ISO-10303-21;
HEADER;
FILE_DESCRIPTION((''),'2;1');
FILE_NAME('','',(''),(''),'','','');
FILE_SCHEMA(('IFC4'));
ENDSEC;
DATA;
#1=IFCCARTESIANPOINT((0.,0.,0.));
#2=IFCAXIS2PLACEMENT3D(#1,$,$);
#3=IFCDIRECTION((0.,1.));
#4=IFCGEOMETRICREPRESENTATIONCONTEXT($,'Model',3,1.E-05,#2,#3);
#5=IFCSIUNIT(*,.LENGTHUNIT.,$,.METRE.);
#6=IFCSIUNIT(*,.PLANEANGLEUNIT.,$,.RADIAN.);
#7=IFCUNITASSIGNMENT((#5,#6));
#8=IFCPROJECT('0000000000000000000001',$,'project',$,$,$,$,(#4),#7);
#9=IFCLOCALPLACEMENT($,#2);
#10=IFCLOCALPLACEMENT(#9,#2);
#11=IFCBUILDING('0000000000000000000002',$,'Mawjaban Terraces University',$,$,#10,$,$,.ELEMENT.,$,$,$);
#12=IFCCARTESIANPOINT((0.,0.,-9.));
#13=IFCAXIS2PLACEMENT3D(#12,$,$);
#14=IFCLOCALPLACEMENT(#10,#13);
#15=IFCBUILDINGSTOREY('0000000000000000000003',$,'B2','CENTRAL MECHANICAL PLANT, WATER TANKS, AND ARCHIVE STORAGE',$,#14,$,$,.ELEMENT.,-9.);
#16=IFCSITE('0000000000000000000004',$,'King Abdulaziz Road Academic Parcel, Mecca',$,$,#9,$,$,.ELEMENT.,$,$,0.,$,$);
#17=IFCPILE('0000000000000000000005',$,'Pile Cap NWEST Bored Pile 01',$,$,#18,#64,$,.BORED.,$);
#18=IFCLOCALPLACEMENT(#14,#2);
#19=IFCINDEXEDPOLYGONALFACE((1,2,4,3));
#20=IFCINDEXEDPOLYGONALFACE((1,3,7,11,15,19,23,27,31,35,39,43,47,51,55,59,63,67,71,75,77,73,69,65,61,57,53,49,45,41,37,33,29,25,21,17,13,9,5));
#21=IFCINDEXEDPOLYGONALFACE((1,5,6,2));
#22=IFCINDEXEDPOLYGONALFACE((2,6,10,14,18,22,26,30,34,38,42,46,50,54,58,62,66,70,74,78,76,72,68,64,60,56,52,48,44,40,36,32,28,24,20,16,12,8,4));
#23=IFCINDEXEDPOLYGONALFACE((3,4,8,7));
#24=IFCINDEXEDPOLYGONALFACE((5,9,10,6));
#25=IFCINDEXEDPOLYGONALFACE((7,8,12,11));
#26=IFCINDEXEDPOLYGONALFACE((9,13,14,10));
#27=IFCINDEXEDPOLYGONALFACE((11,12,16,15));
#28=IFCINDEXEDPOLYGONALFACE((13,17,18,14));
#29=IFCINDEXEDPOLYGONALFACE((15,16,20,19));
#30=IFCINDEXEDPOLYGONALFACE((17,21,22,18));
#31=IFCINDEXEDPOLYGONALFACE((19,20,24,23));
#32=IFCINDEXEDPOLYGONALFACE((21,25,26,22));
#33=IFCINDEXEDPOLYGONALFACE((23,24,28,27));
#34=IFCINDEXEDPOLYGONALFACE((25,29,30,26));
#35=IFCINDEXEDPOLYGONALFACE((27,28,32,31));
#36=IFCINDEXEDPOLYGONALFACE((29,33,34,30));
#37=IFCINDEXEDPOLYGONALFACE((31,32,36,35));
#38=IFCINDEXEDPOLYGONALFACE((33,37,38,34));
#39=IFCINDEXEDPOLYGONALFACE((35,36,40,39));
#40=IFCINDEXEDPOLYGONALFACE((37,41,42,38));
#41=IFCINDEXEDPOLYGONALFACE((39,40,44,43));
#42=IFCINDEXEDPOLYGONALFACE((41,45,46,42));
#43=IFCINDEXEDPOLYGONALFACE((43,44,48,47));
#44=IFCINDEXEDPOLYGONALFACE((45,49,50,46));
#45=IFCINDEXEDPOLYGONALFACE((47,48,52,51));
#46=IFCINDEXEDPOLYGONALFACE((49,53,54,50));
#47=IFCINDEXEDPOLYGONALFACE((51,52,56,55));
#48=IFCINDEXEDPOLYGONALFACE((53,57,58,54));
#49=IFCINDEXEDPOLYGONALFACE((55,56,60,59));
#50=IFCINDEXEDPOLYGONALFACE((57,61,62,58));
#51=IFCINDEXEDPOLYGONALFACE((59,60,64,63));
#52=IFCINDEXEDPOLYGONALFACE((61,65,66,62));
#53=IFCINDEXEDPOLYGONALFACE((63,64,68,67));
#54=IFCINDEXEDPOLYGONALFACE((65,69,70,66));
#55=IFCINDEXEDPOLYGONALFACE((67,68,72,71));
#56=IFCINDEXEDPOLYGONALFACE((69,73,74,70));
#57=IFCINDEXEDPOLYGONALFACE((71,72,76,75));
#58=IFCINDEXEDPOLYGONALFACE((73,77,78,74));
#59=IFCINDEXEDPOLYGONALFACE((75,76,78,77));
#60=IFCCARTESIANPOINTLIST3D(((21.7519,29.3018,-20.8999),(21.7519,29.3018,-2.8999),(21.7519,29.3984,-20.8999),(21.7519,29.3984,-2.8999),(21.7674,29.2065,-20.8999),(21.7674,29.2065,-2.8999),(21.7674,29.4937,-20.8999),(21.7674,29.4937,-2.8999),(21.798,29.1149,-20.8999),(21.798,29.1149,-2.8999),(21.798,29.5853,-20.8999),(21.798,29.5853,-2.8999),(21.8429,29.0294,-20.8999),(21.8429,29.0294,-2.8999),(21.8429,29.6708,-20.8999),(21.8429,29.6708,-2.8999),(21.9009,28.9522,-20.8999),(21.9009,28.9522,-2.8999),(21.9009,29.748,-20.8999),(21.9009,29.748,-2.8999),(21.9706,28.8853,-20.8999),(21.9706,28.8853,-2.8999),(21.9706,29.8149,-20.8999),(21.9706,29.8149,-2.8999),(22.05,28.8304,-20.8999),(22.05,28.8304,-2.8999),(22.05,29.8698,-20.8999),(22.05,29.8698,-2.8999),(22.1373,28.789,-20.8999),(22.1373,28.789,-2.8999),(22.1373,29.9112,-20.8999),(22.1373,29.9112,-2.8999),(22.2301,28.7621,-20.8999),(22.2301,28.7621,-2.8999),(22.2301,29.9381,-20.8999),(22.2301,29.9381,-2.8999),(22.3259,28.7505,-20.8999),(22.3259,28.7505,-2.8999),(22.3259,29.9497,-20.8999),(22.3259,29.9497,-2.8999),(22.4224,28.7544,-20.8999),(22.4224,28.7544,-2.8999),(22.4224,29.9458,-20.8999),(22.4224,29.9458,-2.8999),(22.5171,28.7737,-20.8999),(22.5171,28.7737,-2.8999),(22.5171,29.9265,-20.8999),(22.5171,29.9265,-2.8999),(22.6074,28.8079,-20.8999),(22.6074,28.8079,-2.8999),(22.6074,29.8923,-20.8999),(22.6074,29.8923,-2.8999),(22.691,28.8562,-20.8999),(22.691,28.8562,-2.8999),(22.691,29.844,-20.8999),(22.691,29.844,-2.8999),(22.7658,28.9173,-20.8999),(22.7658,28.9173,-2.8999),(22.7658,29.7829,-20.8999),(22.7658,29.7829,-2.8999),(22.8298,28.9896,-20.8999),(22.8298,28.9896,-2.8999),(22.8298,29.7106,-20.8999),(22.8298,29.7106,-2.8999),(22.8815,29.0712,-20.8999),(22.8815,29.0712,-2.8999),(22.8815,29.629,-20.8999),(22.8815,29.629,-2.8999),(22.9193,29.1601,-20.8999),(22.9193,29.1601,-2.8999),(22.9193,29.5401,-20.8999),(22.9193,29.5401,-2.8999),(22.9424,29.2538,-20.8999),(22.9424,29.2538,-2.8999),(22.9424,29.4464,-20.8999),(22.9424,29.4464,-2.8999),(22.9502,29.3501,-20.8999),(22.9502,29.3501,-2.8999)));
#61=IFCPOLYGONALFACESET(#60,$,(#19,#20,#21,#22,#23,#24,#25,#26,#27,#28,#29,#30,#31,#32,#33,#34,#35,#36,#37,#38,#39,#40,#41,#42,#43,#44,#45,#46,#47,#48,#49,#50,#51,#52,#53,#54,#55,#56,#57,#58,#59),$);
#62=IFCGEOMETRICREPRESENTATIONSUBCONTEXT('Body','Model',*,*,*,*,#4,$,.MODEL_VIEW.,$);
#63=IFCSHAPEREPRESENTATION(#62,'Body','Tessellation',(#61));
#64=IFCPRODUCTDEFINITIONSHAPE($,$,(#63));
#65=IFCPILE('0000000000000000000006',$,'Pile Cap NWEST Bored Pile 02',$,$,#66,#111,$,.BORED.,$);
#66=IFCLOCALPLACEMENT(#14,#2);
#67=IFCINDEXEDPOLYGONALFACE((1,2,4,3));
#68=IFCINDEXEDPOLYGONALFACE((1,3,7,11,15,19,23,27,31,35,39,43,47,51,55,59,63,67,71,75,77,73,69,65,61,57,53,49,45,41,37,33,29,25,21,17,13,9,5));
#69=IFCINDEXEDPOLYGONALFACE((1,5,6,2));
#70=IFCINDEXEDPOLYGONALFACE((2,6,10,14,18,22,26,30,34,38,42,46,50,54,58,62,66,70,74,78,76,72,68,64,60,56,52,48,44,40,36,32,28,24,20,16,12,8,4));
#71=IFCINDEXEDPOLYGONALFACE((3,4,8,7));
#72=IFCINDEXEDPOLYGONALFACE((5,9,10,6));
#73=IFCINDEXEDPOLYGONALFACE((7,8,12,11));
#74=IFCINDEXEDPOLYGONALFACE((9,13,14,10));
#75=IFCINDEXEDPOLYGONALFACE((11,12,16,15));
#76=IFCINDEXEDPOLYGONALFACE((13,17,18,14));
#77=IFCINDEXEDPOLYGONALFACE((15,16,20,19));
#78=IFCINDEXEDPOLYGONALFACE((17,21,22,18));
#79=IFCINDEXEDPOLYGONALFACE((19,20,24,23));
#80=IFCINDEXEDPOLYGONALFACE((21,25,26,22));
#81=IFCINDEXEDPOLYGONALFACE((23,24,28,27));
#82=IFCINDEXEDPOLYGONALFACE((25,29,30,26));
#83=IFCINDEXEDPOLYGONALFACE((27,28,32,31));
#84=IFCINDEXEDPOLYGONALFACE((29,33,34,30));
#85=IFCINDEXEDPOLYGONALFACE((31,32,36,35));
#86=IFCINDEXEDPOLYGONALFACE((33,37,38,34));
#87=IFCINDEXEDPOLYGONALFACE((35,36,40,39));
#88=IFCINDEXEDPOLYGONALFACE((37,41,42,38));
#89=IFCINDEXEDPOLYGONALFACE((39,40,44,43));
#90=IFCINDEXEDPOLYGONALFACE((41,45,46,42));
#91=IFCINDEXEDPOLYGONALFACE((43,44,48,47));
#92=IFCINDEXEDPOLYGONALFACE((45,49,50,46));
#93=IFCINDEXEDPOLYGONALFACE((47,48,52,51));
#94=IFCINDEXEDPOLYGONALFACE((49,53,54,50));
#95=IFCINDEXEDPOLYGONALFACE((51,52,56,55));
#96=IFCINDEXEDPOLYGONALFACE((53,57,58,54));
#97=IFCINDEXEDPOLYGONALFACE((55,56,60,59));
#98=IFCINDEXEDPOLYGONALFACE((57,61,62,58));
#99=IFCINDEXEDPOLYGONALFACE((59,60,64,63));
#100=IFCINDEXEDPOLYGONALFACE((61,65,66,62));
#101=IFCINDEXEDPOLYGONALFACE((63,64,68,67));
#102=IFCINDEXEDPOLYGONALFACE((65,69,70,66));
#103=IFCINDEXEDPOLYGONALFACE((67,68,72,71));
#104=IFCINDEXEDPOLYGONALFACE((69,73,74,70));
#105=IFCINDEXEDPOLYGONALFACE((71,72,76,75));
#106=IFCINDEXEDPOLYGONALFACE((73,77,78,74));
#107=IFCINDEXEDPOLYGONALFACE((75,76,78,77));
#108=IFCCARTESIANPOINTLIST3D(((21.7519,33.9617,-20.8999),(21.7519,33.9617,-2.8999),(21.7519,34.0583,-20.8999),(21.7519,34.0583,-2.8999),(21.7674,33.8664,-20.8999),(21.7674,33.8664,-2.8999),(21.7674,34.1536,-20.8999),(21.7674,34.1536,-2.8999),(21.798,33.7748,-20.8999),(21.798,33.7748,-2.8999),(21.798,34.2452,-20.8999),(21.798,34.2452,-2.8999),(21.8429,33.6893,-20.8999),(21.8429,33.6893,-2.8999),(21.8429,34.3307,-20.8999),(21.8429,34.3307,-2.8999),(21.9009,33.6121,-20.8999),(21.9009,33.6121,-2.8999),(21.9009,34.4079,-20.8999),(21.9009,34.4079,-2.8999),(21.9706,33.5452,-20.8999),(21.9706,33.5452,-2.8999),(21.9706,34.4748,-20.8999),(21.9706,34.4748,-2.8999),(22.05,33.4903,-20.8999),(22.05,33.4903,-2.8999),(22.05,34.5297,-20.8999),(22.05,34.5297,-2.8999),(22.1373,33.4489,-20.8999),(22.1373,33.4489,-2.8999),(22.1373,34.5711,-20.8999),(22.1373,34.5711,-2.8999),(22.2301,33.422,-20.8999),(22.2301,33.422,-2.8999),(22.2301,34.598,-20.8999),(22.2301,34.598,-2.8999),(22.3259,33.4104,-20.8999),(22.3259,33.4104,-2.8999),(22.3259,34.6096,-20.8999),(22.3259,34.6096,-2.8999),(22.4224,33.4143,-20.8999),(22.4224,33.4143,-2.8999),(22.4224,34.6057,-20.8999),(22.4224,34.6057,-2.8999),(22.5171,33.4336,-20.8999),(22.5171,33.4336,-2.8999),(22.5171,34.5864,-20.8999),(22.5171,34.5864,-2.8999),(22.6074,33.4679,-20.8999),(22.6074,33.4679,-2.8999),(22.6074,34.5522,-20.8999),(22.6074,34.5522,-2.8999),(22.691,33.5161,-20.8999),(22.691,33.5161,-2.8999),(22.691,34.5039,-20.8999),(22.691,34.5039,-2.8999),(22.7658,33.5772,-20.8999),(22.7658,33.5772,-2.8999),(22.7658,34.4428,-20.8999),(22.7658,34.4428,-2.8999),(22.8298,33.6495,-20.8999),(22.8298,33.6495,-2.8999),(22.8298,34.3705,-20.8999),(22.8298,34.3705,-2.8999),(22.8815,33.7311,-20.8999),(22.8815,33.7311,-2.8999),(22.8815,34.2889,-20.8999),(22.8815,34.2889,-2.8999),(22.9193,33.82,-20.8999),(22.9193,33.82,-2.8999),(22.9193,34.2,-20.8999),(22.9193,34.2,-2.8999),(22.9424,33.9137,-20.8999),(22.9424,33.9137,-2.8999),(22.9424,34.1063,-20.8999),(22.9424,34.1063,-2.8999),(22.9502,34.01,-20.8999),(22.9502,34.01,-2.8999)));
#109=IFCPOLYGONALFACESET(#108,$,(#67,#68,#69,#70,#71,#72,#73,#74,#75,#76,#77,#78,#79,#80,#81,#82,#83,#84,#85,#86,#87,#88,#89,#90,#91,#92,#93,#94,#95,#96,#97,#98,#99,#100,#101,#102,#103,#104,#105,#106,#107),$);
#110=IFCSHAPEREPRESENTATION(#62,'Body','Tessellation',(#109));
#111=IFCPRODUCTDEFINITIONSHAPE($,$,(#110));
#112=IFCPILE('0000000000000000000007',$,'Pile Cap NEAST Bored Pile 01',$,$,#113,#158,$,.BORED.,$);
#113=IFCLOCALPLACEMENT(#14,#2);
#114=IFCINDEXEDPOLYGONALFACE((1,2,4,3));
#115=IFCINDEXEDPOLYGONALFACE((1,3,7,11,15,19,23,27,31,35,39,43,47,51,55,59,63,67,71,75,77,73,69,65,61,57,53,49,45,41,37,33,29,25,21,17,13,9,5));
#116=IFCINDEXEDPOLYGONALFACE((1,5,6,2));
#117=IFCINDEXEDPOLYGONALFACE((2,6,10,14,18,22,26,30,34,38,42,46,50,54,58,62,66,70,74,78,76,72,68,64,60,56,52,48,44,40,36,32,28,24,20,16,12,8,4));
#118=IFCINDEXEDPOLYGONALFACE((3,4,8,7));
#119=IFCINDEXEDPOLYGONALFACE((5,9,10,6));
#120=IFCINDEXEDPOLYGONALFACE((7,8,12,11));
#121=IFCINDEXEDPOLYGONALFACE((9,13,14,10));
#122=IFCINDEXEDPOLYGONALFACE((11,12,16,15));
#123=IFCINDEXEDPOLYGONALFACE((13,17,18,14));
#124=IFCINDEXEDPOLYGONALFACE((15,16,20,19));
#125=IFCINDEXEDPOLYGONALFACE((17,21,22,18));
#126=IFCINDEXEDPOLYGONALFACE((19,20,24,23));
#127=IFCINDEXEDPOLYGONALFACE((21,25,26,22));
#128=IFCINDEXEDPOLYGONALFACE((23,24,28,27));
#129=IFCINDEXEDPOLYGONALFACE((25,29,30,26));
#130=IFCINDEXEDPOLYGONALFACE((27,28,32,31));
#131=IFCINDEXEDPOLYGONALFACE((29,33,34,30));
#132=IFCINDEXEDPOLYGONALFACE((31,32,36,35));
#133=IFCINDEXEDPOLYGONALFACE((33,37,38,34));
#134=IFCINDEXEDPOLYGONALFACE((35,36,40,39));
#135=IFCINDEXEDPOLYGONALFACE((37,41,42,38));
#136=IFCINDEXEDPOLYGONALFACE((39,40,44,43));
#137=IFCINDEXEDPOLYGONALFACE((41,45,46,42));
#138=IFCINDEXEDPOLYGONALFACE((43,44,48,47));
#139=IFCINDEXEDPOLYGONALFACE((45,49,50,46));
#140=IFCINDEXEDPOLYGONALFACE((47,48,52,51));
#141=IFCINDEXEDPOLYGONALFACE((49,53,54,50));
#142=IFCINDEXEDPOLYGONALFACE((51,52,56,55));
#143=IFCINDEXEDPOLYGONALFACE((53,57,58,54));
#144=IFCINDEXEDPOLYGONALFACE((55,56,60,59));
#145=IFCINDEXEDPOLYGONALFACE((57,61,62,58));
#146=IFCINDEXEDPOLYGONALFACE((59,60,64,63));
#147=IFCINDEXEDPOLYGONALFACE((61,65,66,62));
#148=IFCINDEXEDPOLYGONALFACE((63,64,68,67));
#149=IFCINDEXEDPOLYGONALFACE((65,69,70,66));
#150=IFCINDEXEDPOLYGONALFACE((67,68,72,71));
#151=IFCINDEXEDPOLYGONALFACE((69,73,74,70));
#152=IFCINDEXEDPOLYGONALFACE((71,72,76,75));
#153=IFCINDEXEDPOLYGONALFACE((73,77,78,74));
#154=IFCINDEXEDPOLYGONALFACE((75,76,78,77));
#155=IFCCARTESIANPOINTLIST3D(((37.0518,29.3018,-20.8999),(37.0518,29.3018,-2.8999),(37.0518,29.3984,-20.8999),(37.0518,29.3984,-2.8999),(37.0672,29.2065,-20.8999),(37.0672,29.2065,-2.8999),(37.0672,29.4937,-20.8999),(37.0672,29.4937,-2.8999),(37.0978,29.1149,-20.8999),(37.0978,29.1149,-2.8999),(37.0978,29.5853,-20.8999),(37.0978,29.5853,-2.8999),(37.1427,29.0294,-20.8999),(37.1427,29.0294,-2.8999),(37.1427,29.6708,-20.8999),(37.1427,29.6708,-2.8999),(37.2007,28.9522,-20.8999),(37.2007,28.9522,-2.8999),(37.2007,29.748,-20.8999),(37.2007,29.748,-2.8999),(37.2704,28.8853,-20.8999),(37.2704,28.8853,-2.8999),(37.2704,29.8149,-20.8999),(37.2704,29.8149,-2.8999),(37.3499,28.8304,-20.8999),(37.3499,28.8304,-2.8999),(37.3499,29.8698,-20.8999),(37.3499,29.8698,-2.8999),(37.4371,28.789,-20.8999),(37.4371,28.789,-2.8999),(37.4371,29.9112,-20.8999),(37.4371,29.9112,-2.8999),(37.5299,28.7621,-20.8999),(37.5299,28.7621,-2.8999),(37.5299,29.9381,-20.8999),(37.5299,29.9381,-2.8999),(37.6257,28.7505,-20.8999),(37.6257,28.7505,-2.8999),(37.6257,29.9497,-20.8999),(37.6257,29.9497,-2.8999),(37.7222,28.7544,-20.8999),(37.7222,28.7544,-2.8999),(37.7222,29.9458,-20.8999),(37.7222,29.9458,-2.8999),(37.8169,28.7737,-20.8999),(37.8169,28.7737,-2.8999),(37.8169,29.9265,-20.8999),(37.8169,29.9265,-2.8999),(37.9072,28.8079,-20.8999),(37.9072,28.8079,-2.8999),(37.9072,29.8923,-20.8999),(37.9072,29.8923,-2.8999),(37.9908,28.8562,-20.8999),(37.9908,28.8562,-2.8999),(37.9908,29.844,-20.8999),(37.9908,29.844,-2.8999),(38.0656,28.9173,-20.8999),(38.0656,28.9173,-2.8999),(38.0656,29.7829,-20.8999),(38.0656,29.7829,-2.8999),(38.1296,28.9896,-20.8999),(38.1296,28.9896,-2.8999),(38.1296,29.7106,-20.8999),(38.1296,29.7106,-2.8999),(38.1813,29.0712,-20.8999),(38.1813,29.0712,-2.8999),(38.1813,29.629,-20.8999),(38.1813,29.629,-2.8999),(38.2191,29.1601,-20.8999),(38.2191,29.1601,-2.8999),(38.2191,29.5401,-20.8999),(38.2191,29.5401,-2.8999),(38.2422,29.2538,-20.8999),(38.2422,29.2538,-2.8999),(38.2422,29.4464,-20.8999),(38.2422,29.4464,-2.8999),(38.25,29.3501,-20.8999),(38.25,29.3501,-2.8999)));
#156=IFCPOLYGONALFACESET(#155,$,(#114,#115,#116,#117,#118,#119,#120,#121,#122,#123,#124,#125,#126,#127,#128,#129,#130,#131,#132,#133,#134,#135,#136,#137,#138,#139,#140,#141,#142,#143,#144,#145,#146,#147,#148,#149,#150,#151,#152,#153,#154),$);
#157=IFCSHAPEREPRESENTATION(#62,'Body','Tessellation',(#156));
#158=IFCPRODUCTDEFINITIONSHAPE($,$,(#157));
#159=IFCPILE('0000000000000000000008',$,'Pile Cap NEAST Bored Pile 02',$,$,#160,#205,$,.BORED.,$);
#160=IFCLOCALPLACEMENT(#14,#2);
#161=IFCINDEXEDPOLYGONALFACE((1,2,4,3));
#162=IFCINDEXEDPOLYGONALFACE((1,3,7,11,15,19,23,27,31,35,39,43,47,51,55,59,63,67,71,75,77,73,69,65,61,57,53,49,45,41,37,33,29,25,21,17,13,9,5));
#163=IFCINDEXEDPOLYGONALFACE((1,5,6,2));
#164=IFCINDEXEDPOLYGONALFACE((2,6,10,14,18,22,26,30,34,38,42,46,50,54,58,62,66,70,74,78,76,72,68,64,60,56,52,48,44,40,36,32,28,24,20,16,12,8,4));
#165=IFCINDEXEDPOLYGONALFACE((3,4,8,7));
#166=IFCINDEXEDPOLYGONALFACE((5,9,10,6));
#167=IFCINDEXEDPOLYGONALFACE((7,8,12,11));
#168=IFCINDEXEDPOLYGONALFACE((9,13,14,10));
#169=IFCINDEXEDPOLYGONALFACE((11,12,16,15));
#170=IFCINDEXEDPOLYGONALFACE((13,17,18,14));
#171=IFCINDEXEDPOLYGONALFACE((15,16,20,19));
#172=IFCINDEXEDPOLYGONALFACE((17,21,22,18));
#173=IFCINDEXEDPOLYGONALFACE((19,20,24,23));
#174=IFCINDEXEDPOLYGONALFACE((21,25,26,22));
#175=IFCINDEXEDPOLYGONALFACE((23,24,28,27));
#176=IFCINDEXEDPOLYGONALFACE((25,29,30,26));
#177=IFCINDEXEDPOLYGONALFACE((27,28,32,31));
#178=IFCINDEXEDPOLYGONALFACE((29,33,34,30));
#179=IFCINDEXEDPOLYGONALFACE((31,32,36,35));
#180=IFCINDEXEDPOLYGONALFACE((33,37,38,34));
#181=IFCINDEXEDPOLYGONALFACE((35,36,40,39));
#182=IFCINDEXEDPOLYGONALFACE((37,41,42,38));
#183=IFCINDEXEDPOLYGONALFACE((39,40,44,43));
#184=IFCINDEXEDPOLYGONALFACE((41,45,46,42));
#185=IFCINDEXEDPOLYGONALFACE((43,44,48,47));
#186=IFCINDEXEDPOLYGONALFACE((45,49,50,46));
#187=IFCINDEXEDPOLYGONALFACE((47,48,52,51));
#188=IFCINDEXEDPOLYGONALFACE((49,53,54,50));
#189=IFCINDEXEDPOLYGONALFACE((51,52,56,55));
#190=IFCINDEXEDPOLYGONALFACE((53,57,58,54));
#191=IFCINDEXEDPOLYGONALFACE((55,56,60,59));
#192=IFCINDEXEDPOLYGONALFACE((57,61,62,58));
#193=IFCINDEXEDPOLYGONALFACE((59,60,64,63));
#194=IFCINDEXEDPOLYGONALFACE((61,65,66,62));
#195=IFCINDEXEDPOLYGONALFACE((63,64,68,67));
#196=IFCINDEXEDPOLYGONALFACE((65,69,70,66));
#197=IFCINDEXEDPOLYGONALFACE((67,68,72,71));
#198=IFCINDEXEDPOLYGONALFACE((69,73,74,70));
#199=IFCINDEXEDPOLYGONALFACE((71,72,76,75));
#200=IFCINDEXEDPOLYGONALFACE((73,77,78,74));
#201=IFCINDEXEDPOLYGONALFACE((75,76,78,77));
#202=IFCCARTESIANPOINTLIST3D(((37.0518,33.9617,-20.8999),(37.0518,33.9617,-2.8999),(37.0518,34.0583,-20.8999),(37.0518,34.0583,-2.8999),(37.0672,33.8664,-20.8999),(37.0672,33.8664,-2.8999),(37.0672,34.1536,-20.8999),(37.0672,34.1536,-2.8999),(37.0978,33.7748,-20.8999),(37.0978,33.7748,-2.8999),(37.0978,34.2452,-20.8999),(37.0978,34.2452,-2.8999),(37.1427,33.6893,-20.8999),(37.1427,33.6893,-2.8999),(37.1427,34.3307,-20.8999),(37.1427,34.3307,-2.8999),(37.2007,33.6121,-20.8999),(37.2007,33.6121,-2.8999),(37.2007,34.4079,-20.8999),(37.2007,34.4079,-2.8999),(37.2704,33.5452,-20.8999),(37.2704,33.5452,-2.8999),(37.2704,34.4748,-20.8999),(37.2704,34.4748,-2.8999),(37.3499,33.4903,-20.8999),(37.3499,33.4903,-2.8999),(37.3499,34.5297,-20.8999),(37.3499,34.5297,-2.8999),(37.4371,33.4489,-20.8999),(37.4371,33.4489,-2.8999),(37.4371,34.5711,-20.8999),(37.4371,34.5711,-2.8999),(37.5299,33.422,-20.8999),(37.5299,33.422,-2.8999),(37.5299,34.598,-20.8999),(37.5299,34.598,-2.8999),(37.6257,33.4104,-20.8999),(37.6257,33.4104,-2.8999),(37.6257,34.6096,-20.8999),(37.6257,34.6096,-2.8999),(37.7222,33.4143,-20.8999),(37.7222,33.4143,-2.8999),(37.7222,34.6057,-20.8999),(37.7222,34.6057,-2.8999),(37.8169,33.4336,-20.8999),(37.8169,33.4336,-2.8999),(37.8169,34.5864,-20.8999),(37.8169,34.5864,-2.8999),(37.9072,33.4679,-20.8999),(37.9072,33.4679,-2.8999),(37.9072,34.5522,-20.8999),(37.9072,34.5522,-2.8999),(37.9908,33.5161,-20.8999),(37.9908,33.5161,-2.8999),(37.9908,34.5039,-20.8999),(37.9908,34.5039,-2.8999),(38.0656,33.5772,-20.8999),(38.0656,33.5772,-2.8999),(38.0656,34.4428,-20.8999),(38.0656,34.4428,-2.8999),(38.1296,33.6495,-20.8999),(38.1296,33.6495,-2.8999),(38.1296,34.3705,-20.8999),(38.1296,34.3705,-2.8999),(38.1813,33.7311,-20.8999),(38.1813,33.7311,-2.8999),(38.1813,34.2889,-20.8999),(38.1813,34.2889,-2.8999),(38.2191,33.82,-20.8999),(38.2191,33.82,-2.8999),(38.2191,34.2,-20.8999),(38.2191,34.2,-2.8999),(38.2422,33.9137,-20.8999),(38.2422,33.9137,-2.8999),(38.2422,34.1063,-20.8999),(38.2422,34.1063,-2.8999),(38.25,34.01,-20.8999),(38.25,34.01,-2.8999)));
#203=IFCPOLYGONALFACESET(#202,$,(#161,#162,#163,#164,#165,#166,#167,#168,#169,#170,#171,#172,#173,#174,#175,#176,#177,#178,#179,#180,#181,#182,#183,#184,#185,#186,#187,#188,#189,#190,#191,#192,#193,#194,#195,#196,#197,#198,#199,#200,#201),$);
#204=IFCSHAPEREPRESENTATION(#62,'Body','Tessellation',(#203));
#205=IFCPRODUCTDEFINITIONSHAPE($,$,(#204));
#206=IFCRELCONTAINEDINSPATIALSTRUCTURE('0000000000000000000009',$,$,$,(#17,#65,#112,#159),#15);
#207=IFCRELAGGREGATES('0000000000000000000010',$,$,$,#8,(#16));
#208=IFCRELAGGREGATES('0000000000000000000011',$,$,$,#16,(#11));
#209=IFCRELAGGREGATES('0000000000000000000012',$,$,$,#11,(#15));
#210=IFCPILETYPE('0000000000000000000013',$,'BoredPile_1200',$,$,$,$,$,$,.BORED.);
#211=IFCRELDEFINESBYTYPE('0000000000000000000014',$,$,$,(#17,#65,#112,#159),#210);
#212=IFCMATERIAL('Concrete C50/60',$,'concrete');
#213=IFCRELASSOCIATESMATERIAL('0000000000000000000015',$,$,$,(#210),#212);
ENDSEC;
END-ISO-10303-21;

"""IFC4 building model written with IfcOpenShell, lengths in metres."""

from ifc_helpers import new_model, si_unit, direction, frame, origin, origin_2d, place, context, subcontext, project, spatial, circle, extrude, material, material_profile, profile_set, type_object, element, save


model = new_model("IFC4")

# Units and contexts
model_context = context("Model", 3, precision=1e-05, world=origin(), true_north=direction((0.0, 1.0)))
body_context = subcontext(model_context, "Body", "Model", "MODEL_VIEW")
ifc_project = project(units=[si_unit("LENGTHUNIT", "METRE"), si_unit("PLANEANGLEUNIT", "RADIAN")], contexts=[model_context])

# Site, building, storey
site_placement = place(None, origin())
site = spatial("IfcSite", under=ifc_project, at=site_placement, Name="King Abdulaziz Road Academic Parcel, Mecca", CompositionType="ELEMENT", RefElevation=0.0)
building_placement = place(site_placement, origin())
building = spatial("IfcBuilding", under=site, at=building_placement, Name="Mawjaban Terraces University", CompositionType="ELEMENT")
storey_placement = place(building_placement, frame((0.0, 0.0, -9.0)))
storey = spatial("IfcBuildingStorey", under=building, at=storey_placement, Name="B2", Description="CENTRAL MECHANICAL PLANT, WATER TANKS, AND ARCHIVE STORAGE", CompositionType="ELEMENT", Elevation=-9.0)

# Piles
ifc_material_1 = material(Name="Concrete C50/60", Category="concrete")
ifc_material_profile_1 = material_profile(ifc_material_1, circle(Radius=0.6001, at=origin_2d()), Name="PILE1200")
ifc_profile_set_1 = profile_set([ifc_material_profile_1], Name="Concrete C50/60")
pile_type = type_object("IfcPileType", Name="BoredPile_1200", PredefinedType="BORED", material=ifc_profile_set_1)
for number, where, z_axis, x_axis, name in (
    (1, (22.3501, 29.3501, -2.8999), (0.0, 0.0, -1.0), (1.0, 0.0, 0.0), "Pile Cap NWEST Bored Pile 01"),
    (2, (22.3501, 34.01, -2.8999), (0.0, 0.0, -1.0), (1.0, 0.0, 0.0), "Pile Cap NWEST Bored Pile 02"),
    (3, (37.6499, 29.3501, -2.8999), (0.0, 0.0, -1.0), (1.0, 0.0, 0.0), "Pile Cap NEAST Bored Pile 01"),
    (4, (37.6499, 34.01, -2.8999), (0.0, 0.0, -1.0), (1.0, 0.0, 0.0), "Pile Cap NEAST Bored Pile 02"),
):
    element("IfcPile", number, at=place(storey_placement, frame(where, z_axis=z_axis, x_axis=x_axis)), inside=storey, type_object=pile_type, Name=name, PredefinedType="BORED", context=body_context, shape_type="SweptSolid", body=[
        extrude(circle(Radius=0.6001, at=origin_2d()), origin(), (0.0, 0.0, 1.0), 18.0),
    ])

save(model, "model.ifc")
